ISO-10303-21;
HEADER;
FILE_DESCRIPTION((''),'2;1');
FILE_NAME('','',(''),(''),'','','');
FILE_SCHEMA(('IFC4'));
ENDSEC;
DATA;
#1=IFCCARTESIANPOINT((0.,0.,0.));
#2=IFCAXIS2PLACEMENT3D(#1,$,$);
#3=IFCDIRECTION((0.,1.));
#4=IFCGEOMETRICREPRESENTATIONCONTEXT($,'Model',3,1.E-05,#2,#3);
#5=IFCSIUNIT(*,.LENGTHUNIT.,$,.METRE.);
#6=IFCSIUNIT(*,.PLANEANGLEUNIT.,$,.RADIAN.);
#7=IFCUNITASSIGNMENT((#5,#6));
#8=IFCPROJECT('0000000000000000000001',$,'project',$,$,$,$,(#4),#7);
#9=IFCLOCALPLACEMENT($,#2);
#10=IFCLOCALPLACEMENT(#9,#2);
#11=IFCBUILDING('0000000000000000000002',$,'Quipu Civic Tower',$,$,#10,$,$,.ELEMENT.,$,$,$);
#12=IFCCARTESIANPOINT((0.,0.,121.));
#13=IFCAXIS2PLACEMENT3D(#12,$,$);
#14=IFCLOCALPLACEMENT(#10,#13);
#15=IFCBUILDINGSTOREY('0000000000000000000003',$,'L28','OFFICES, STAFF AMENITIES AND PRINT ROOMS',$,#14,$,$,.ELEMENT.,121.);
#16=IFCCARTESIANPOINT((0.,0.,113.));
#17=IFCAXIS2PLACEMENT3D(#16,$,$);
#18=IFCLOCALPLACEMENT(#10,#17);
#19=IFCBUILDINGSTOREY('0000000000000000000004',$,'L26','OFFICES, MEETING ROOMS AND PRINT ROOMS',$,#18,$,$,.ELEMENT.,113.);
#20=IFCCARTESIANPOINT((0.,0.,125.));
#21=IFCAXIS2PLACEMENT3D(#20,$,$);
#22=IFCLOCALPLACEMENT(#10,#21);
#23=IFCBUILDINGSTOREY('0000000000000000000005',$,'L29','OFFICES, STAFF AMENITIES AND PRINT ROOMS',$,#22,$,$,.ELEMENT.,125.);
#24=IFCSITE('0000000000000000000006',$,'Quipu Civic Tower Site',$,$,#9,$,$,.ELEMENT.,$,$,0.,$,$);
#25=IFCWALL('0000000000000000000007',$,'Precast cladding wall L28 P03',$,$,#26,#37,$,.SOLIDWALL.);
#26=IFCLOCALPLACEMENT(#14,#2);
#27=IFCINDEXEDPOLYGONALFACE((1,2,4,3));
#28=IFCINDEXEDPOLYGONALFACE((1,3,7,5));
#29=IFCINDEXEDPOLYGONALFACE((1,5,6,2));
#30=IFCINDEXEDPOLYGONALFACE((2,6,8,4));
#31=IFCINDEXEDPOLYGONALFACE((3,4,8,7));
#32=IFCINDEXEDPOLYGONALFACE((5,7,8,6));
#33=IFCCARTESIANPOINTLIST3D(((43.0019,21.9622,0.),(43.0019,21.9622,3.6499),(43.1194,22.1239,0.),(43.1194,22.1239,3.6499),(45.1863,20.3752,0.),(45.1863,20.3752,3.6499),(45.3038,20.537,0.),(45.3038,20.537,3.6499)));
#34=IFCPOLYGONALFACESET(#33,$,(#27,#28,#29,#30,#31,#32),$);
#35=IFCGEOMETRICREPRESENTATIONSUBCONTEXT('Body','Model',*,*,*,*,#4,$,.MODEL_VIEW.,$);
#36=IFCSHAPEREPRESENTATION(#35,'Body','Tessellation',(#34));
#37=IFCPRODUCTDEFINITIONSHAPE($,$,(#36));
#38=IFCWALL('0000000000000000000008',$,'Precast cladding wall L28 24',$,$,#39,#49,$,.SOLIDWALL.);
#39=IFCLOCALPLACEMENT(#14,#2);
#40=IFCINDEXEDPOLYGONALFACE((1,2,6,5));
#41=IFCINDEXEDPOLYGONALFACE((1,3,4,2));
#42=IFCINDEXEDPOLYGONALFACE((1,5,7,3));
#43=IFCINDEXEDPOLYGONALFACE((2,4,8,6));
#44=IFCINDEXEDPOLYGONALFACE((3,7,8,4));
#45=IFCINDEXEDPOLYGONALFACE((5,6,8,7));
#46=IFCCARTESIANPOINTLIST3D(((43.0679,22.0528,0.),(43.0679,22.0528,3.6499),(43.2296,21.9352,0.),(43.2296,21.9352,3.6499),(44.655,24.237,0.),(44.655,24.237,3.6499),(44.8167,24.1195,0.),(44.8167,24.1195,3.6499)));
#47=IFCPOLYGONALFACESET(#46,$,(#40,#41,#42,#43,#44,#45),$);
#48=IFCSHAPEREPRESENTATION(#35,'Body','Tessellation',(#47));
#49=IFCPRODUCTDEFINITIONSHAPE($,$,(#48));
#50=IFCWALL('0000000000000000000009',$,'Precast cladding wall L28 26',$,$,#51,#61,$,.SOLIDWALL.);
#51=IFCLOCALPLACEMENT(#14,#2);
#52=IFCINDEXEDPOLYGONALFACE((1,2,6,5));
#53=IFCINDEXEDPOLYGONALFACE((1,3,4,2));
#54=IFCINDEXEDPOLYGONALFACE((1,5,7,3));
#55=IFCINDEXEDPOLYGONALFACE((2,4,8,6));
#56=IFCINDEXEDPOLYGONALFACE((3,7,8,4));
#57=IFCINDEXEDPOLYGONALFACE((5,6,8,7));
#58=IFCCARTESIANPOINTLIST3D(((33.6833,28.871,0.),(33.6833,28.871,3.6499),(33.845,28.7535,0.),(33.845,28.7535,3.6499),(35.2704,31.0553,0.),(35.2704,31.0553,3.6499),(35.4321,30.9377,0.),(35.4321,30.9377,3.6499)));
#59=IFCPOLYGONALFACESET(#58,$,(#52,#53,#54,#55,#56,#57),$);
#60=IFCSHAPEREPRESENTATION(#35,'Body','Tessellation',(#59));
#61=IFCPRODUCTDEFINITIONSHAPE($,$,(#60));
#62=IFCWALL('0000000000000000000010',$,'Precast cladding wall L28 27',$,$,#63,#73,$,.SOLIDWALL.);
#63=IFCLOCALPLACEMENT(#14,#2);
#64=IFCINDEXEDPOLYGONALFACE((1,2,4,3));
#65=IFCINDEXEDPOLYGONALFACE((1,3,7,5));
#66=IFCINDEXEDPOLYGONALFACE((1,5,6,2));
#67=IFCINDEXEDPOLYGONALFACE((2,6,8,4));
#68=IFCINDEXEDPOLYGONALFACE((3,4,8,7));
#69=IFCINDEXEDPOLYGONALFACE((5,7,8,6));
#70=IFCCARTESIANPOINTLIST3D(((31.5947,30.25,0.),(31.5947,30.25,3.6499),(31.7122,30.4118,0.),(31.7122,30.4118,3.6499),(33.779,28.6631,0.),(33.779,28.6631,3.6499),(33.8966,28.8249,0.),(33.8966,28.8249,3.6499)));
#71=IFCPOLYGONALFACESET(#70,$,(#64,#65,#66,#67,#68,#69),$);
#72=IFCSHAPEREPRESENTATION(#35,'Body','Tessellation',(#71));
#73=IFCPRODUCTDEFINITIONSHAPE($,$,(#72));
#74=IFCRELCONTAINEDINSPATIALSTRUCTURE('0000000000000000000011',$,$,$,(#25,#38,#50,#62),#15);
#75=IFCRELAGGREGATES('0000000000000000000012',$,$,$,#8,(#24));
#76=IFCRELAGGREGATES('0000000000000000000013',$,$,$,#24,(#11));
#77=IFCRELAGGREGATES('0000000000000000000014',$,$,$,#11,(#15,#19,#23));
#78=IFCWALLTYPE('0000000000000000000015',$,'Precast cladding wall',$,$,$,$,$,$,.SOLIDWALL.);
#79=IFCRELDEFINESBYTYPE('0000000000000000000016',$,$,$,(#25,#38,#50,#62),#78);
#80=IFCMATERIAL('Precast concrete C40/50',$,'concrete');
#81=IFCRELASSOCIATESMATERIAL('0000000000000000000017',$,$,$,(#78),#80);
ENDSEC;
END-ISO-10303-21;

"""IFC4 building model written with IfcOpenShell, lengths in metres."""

from ifc_helpers import new_model, si_unit, direction, frame, frame_2d, origin, place, context, subcontext, project, spatial, rectangle, extrude, material, type_object, element, save


model = new_model("IFC4")

# Units and contexts
model_context = context("Model", 3, precision=1e-05, world=origin(), true_north=direction((0.0, 1.0)))
body_context = subcontext(model_context, "Body", "Model", "MODEL_VIEW")
ifc_project = project(units=[si_unit("LENGTHUNIT", "METRE"), si_unit("PLANEANGLEUNIT", "RADIAN")], contexts=[model_context])

# Site, building, storey
site_placement = place(None, origin())
site = spatial("IfcSite", under=ifc_project, at=site_placement, Name="Quipu Civic Tower Site", CompositionType="ELEMENT", RefElevation=0.0)
building_placement = place(site_placement, origin())
building = spatial("IfcBuilding", under=site, at=building_placement, Name="Quipu Civic Tower", CompositionType="ELEMENT")
storey_1_placement = place(building_placement, frame((0.0, 0.0, 121.0)))
storey_1 = spatial("IfcBuildingStorey", under=building, at=storey_1_placement, Name="L28", Description="OFFICES, STAFF AMENITIES AND PRINT ROOMS", CompositionType="ELEMENT", Elevation=121.0)

# Shared definitions
storey_2_placement = place(building_placement, frame((0.0, 0.0, 113.0)))
storey_2 = spatial("IfcBuildingStorey", under=building, at=storey_2_placement, Name="L26", Description="OFFICES, MEETING ROOMS AND PRINT ROOMS", CompositionType="ELEMENT", Elevation=113.0)

# Shared definitions
storey_3_placement = place(building_placement, frame((0.0, 0.0, 125.0)))
storey_3 = spatial("IfcBuildingStorey", under=building, at=storey_3_placement, Name="L29", Description="OFFICES, STAFF AMENITIES AND PRINT ROOMS", CompositionType="ELEMENT", Elevation=125.0)

# Walls
ifc_material_1 = material(Name="Precast concrete C40/50", Category="concrete")
wall_type_1 = type_object("IfcWallType", Name="Precast cladding wall", PredefinedType="SOLIDWALL", material=ifc_material_1)
for number, where, z_axis, x_axis, name in (
    (1, (45.2451, 20.4561, 0.0), (0.0, 0.0, 1.0), (-0.809033, 0.587763, 0.0), "Precast cladding wall L28 P03"),
    (2, (43.1487, 21.9939, 0.0), (0.0, 0.0, 1.0), (0.587822, 0.80899, 0.0), "Precast cladding wall L28 24"),
    (3, (35.3513, 30.9966, 0.0), (0.0, 0.0, 1.0), (-0.587822, -0.80899, 0.0), "Precast cladding wall L28 26"),
    (4, (33.8379, 28.7439, 0.0), (0.0, 0.0, 1.0), (-0.809033, 0.587763, 0.0), "Precast cladding wall L28 27"),
):
    element("IfcWall", number, at=place(storey_1_placement, frame(where, z_axis=z_axis, x_axis=x_axis)), inside=storey_1, type_object=wall_type_1, Name=name, PredefinedType="SOLIDWALL", context=body_context, shape_type="SweptSolid", body=[
        extrude(rectangle(XDim=2.7, YDim=0.2, at=frame_2d((1.3501, 0.0))), origin(), (0.0, 0.0, 1.0), 3.6499),
    ])

save(model, "model.ifc")
